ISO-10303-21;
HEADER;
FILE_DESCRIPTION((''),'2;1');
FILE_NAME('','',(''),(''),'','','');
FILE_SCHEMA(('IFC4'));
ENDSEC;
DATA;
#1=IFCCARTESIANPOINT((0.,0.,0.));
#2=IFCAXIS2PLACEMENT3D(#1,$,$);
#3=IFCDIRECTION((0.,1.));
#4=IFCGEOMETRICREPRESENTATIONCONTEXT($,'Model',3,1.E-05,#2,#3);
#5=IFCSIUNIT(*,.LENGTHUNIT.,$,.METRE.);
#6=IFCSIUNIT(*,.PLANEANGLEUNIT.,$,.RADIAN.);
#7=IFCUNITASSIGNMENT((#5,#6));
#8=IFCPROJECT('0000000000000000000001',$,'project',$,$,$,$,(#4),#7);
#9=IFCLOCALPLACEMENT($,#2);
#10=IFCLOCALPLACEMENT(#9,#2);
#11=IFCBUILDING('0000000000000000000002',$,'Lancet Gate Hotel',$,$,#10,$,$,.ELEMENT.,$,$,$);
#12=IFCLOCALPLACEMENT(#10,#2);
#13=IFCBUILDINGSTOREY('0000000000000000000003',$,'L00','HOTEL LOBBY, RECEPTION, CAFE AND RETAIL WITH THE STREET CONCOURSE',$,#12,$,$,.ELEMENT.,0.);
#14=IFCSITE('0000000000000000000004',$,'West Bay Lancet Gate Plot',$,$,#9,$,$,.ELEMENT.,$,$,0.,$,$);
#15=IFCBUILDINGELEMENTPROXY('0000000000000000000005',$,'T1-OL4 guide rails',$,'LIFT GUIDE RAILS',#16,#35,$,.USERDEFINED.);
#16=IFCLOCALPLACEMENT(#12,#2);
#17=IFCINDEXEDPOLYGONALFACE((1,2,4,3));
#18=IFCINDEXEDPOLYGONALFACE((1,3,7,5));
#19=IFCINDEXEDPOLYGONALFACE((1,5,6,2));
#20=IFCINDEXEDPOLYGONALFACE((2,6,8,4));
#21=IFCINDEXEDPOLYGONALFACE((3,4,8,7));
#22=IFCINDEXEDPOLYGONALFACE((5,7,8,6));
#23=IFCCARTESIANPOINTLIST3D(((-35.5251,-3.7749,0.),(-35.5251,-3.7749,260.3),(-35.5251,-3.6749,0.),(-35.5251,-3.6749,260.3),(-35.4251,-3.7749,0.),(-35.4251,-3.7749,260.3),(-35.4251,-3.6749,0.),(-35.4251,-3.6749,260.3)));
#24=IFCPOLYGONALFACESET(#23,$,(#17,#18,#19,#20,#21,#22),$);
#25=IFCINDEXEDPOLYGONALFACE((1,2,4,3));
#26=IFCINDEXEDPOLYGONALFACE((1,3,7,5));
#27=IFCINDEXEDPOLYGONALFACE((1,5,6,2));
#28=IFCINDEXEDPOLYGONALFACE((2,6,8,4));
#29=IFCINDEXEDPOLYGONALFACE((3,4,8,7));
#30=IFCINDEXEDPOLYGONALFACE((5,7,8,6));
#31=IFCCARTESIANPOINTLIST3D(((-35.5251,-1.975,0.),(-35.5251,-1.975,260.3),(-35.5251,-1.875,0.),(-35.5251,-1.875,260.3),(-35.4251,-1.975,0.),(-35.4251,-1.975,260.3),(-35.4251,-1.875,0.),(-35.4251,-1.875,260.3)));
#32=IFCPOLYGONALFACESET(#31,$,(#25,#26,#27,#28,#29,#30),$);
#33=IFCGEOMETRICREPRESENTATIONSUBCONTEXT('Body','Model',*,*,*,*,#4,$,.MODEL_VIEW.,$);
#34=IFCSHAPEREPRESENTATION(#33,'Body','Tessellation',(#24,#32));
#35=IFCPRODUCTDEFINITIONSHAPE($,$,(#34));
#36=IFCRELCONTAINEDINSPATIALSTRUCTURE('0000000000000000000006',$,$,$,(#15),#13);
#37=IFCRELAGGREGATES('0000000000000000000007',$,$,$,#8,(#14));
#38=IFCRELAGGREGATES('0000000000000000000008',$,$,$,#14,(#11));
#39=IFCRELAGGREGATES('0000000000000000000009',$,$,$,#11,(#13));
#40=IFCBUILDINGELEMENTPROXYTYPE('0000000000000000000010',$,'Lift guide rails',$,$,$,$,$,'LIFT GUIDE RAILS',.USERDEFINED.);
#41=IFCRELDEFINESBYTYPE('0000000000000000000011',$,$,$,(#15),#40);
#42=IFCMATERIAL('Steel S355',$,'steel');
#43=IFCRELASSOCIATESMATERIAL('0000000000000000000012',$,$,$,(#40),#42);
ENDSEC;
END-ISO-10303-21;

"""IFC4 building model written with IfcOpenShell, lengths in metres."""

from ifc_helpers import new_model, si_unit, direction, frame, origin, origin_2d, place, context, subcontext, project, spatial, rectangle, extrude, material, type_object, element, save


model = new_model("IFC4")

# Units and contexts
model_context = context("Model", 3, precision=1e-05, world=origin(), true_north=direction((0.0, 1.0)))
body_context = subcontext(model_context, "Body", "Model", "MODEL_VIEW")
ifc_project = project(units=[si_unit("LENGTHUNIT", "METRE"), si_unit("PLANEANGLEUNIT", "RADIAN")], contexts=[model_context])

# Site, building, storey
site_placement = place(None, origin())
site = spatial("IfcSite", under=ifc_project, at=site_placement, Name="West Bay Lancet Gate Plot", CompositionType="ELEMENT", RefElevation=0.0)
building_placement = place(site_placement, origin())
building = spatial("IfcBuilding", under=site, at=building_placement, Name="Lancet Gate Hotel", CompositionType="ELEMENT")
storey_placement = place(building_placement, origin())
storey = spatial("IfcBuildingStorey", under=building, at=storey_placement, Name="L00", Description="HOTEL LOBBY, RECEPTION, CAFE AND RETAIL WITH THE STREET CONCOURSE", CompositionType="ELEMENT", Elevation=0.0)

# Building element proxy
ifc_material_1 = material(Name="Steel S355", Category="steel")
building_element_proxy_type = type_object("IfcBuildingElementProxyType", Name="Lift guide rails", ElementType="LIFT GUIDE RAILS", PredefinedType="USERDEFINED", material=ifc_material_1)
proxy_placement = place(storey_placement, frame((-35.4751, -2.825, 0.0), z_axis=(0.0, 0.0, 1.0), x_axis=(1.0, 0.0, 0.0)))
element("IfcBuildingElementProxy", 1, at=proxy_placement, inside=storey, type_object=building_element_proxy_type, Name="T1-OL4 guide rails", ObjectType="LIFT GUIDE RAILS", PredefinedType="USERDEFINED", context=body_context, shape_type="SweptSolid", body=[
    extrude(rectangle(XDim=0.1, YDim=0.1, at=origin_2d()), frame((0.0, -0.8999, 0.0)), (0.0, 0.0, 1.0), 260.3),
    extrude(rectangle(XDim=0.1, YDim=0.1, at=origin_2d()), frame((0.0, 0.8999, 0.0)), (0.0, 0.0, 1.0), 260.3),
])

save(model, "model.ifc")
